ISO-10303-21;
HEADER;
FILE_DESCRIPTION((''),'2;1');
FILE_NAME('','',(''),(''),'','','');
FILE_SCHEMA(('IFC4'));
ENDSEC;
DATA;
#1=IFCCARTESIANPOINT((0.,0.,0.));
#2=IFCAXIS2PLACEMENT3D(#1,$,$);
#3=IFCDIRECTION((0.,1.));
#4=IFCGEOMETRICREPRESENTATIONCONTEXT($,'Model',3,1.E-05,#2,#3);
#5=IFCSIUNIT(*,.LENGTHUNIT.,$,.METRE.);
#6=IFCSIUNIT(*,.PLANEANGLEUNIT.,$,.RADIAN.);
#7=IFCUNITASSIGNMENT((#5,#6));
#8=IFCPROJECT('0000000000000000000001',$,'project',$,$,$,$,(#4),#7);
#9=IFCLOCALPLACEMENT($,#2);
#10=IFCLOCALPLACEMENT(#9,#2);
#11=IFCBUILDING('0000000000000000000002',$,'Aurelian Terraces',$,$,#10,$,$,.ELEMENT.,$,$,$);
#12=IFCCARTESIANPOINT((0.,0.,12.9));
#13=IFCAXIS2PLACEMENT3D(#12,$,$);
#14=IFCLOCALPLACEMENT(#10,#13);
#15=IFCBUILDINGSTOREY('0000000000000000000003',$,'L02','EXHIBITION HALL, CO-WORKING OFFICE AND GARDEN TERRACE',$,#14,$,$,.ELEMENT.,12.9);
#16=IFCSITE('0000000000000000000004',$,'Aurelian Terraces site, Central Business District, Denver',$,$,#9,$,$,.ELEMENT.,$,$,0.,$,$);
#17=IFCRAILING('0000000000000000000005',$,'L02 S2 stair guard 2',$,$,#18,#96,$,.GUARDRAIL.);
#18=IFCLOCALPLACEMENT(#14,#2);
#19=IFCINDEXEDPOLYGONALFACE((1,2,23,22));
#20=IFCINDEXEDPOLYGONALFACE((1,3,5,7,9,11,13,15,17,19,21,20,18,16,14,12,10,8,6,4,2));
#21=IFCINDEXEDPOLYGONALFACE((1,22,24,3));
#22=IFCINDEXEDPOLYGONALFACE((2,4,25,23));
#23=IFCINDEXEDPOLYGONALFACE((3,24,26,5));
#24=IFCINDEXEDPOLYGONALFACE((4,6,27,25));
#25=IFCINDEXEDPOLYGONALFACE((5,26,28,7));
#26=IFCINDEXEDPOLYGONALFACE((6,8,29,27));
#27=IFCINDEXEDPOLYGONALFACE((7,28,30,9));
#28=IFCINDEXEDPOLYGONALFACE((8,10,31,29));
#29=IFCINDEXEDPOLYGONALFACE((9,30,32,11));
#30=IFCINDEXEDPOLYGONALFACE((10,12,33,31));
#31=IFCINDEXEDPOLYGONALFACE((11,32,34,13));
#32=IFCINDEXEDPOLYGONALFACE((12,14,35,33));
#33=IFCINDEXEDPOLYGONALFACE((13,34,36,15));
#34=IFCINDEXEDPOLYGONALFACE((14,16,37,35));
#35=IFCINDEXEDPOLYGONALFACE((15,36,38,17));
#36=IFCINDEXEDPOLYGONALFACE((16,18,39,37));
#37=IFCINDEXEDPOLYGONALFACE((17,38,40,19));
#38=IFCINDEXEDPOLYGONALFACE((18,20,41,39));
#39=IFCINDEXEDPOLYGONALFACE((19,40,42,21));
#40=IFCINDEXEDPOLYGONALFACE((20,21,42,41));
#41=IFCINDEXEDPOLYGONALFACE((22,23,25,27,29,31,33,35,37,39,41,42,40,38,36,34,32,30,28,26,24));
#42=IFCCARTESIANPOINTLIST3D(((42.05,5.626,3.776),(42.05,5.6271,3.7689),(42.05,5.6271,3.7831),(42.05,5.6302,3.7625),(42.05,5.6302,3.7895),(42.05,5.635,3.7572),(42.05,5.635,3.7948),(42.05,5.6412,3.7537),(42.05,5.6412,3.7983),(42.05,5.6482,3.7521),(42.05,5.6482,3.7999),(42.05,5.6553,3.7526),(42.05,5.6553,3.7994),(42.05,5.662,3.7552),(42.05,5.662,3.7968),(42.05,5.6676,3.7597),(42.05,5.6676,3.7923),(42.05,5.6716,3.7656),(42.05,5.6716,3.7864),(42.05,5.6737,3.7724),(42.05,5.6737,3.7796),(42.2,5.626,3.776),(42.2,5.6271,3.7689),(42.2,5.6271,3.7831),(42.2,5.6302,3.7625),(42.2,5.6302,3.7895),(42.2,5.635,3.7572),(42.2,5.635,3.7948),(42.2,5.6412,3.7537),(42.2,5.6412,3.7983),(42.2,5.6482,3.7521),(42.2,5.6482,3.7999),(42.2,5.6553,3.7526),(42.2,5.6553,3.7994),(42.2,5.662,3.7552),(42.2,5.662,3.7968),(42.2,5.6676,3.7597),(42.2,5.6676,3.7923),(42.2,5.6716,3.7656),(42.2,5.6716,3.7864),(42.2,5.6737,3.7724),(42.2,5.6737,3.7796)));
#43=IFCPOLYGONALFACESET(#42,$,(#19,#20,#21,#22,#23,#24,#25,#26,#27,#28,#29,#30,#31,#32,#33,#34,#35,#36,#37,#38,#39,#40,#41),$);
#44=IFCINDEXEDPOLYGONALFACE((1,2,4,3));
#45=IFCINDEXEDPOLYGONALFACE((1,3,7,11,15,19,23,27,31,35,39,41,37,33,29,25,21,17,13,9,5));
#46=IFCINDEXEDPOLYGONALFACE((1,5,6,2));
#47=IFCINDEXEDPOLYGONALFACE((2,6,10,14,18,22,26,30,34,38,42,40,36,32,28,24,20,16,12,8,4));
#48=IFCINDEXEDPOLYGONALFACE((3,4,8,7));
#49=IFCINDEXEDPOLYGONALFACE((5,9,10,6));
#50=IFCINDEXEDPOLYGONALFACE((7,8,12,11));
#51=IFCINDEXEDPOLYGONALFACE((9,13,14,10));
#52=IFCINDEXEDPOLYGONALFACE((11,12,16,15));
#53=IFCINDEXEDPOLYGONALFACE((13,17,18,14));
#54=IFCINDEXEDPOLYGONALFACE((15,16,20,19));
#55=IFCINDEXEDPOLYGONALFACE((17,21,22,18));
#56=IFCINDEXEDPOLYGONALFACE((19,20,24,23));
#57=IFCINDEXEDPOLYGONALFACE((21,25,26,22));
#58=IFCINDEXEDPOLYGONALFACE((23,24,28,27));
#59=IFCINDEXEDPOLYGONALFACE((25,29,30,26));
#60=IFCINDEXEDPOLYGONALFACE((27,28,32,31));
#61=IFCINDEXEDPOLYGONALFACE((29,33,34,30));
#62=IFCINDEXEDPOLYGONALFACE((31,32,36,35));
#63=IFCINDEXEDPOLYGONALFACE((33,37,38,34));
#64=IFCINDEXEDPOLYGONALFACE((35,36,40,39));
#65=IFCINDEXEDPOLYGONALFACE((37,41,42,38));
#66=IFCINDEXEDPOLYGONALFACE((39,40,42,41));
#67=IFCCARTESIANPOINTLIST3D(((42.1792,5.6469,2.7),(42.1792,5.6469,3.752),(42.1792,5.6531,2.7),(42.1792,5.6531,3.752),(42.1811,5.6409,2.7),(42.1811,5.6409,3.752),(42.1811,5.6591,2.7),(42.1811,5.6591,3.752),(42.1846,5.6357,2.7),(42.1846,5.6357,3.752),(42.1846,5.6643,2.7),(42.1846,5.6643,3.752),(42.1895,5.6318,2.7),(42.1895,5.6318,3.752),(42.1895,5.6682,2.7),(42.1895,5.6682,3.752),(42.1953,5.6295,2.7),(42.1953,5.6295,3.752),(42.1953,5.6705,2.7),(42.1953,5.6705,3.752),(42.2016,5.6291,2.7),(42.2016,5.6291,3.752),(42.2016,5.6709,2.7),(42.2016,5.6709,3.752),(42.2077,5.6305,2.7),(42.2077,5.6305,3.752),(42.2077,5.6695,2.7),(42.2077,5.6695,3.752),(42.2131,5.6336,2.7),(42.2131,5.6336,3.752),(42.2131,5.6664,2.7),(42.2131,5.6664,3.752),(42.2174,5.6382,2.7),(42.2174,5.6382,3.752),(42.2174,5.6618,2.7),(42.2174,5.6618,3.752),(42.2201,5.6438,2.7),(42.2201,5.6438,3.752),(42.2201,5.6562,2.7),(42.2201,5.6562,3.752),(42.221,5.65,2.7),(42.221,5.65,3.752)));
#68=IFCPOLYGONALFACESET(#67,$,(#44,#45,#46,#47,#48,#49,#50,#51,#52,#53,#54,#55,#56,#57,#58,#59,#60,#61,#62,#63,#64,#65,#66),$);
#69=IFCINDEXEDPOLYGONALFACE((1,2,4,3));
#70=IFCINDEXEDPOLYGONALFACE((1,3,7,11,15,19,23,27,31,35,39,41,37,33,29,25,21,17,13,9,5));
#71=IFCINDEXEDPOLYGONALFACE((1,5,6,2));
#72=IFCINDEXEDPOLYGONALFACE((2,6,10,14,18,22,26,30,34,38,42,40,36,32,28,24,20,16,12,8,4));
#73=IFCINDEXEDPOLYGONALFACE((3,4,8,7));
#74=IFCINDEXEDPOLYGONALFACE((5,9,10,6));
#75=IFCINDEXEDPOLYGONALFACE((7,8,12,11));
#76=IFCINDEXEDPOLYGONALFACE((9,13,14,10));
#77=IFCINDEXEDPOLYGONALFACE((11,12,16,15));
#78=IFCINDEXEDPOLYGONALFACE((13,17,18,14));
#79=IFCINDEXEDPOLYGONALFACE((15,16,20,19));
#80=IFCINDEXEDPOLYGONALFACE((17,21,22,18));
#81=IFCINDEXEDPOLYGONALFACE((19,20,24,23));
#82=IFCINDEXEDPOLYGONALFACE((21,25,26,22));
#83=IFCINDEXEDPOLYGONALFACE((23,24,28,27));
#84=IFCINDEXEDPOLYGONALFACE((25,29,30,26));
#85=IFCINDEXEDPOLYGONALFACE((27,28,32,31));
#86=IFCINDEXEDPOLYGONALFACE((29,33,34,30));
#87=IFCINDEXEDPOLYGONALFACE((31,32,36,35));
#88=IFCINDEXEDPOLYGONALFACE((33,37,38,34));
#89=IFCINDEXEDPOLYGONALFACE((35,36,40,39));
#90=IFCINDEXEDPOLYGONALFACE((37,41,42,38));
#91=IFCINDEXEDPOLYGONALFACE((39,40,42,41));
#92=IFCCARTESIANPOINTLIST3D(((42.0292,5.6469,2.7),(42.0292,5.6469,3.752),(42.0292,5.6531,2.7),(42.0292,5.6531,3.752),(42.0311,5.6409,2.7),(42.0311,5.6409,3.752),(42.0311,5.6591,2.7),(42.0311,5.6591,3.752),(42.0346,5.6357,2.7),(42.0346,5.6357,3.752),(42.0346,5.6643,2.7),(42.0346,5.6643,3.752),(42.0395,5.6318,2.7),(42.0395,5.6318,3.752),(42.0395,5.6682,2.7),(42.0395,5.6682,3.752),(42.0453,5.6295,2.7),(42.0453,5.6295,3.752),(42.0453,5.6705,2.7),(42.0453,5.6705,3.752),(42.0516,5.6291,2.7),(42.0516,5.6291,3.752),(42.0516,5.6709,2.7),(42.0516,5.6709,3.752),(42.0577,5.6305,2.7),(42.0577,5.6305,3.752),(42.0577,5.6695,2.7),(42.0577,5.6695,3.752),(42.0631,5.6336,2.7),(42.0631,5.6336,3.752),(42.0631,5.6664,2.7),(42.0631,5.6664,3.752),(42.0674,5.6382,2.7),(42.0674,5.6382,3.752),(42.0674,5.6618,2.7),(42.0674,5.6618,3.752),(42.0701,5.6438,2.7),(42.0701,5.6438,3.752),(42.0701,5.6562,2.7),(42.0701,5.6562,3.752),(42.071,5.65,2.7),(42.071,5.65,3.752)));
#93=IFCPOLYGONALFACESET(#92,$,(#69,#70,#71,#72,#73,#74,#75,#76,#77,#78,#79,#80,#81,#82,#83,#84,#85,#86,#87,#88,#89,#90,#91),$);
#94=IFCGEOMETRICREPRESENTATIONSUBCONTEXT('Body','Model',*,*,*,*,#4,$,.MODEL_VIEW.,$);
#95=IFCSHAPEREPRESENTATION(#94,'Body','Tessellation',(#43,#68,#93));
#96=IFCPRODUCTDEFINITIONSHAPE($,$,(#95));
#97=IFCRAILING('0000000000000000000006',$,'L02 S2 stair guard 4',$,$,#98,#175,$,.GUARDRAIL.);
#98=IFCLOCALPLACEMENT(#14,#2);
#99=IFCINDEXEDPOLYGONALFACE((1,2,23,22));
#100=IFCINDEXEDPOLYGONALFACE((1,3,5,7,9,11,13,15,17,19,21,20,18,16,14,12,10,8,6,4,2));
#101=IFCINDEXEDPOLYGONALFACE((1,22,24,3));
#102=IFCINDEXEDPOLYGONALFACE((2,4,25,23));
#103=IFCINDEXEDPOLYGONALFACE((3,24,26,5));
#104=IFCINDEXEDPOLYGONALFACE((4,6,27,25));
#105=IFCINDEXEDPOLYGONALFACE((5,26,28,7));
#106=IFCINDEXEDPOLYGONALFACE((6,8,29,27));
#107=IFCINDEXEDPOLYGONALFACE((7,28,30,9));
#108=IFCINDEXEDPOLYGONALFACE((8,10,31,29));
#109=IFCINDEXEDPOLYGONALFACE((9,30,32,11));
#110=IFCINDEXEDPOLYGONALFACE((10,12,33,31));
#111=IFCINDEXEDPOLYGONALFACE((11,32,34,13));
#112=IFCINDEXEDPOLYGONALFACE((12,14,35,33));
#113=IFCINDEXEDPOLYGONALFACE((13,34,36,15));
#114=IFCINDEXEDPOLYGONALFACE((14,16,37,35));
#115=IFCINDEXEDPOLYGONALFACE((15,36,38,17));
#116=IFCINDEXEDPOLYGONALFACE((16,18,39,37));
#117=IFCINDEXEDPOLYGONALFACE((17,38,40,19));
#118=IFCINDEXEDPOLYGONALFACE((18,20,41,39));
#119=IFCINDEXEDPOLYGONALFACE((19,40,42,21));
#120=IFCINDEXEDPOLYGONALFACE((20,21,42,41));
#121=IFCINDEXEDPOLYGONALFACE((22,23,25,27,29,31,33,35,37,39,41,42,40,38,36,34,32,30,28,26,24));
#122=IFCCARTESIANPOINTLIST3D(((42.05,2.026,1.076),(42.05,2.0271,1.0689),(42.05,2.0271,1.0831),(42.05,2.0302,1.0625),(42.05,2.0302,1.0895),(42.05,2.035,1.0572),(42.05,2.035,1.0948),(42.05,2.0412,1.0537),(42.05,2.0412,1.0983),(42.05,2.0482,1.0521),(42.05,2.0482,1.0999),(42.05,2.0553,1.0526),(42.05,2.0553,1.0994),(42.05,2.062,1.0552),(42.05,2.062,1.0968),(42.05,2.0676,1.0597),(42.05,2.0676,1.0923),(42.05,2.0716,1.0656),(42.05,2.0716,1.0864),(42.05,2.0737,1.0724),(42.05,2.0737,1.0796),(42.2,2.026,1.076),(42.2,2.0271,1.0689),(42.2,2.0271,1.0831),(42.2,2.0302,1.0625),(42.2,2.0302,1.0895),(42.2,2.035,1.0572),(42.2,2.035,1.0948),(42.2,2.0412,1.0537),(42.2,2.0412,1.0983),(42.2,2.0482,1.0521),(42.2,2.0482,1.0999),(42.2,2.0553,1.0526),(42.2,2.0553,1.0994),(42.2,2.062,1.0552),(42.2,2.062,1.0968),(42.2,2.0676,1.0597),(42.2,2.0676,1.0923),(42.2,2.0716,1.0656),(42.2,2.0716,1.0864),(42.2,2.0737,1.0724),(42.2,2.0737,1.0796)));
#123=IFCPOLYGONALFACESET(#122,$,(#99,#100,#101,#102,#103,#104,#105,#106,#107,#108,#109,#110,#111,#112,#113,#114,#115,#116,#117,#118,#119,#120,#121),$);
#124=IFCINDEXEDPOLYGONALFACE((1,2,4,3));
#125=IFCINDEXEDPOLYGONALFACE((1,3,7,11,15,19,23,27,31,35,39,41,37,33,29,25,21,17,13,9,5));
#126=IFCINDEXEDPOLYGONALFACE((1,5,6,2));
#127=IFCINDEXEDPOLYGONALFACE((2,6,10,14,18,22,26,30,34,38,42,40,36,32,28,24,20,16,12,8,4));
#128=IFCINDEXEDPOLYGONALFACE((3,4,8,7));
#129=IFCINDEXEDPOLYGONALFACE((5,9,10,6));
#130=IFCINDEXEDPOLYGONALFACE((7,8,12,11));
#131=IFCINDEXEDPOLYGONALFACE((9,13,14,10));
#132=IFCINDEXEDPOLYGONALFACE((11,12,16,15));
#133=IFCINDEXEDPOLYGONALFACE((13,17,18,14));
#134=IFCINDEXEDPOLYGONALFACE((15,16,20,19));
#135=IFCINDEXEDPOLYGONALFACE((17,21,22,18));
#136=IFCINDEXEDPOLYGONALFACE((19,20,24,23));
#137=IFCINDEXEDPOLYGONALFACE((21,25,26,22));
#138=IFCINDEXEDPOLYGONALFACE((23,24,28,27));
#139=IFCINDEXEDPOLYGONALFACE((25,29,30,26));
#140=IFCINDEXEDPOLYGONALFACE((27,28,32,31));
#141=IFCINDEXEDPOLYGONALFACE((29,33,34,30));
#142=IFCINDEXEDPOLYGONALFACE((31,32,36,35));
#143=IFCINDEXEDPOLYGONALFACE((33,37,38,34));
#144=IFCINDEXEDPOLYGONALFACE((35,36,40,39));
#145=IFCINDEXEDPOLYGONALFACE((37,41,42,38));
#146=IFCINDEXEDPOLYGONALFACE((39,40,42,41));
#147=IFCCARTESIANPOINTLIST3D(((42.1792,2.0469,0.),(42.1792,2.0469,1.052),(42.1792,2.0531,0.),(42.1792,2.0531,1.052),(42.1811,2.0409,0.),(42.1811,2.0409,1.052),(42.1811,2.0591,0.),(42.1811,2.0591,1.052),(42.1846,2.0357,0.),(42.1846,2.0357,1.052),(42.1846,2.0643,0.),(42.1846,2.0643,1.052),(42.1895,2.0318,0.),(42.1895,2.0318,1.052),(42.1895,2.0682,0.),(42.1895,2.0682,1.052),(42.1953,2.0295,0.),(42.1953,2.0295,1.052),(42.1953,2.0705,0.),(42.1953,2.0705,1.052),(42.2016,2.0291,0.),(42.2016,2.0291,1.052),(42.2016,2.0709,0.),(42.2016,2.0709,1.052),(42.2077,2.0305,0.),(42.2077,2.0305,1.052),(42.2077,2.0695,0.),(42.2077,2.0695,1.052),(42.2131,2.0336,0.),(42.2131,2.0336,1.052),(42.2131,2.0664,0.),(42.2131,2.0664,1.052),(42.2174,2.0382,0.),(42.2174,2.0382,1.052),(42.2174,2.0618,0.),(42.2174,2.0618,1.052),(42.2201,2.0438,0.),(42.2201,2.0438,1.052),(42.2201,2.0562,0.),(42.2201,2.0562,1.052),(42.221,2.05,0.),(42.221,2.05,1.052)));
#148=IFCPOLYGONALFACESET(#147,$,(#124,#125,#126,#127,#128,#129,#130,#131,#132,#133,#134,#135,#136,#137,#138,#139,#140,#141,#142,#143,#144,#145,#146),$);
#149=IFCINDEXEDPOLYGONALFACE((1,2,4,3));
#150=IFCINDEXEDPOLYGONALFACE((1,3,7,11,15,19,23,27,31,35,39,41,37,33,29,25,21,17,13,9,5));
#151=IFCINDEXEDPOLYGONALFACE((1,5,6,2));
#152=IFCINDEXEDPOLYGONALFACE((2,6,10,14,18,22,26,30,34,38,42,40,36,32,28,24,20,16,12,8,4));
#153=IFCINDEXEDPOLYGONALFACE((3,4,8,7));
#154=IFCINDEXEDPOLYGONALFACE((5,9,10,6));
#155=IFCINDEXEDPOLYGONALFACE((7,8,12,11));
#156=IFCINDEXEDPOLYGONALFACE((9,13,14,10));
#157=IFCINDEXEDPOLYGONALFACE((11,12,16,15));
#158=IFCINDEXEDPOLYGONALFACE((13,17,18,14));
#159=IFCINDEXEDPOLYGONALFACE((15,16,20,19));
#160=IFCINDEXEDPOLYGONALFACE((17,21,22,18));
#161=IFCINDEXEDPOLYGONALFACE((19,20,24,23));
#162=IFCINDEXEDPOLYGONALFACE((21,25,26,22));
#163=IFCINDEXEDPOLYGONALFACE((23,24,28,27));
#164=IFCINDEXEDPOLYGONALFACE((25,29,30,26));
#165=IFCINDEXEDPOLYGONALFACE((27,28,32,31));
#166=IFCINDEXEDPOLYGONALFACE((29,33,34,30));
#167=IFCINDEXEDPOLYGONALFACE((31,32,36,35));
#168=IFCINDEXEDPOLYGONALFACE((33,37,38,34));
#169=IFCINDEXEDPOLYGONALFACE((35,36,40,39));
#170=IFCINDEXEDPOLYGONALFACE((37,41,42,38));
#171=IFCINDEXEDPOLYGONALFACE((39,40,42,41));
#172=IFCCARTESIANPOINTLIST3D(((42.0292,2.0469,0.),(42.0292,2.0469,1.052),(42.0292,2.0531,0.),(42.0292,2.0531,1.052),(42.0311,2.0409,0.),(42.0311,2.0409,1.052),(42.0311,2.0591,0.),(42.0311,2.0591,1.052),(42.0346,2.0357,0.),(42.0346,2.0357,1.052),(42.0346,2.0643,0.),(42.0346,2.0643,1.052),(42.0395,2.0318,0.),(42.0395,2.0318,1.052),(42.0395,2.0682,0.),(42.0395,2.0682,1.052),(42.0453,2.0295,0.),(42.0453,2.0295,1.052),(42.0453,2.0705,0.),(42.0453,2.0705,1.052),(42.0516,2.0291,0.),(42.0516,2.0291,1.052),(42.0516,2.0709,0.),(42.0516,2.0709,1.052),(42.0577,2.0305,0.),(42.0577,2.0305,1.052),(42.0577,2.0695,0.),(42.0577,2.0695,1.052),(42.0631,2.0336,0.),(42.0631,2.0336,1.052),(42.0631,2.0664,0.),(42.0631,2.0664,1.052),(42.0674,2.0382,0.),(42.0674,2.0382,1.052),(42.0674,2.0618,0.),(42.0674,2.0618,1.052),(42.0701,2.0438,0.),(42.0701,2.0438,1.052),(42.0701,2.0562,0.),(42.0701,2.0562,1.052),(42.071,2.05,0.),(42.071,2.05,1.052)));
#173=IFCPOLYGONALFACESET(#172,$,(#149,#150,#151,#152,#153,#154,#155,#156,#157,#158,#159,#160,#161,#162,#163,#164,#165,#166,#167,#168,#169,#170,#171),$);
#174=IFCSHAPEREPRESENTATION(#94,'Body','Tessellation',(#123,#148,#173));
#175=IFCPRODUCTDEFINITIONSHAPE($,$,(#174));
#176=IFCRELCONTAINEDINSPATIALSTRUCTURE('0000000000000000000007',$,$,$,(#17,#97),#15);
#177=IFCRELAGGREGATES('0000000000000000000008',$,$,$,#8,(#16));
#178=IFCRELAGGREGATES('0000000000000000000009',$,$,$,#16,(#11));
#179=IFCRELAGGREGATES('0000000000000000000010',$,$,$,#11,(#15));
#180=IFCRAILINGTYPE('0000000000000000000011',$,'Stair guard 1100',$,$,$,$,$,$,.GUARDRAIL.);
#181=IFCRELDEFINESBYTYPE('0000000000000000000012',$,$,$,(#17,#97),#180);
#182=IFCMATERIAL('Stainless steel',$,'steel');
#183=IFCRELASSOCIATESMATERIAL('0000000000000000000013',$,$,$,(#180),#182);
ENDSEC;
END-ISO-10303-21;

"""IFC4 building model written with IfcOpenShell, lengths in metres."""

from ifc_helpers import new_model, si_unit, direction, frame, origin, origin_2d, place, context, subcontext, project, spatial, circle, extrude, source, transform, mapped, material, type_object, element, save


model = new_model("IFC4")

# Units and contexts
model_context = context("Model", 3, precision=1e-05, world=origin(), true_north=direction((0.0, 1.0)))
body_context = subcontext(model_context, "Body", "Model", "MODEL_VIEW")
ifc_project = project(units=[si_unit("LENGTHUNIT", "METRE"), si_unit("PLANEANGLEUNIT", "RADIAN")], contexts=[model_context])

# Site, building, storey
site_placement = place(None, origin())
site = spatial("IfcSite", under=ifc_project, at=site_placement, Name="Aurelian Terraces site, Central Business District, Denver", CompositionType="ELEMENT", RefElevation=0.0)
building_placement = place(site_placement, origin())
building = spatial("IfcBuilding", under=site, at=building_placement, Name="Aurelian Terraces", CompositionType="ELEMENT")
storey_placement = place(building_placement, frame((0.0, 0.0, 12.9)))
storey = spatial("IfcBuildingStorey", under=building, at=storey_placement, Name="L02", Description="EXHIBITION HALL, CO-WORKING OFFICE AND GARDEN TERRACE", CompositionType="ELEMENT", Elevation=12.9)

# Railings
ifc_material_1 = material(Name="Stainless steel", Category="steel")
railing_type_1 = type_object("IfcRailingType", Name="Stair guard 1100", PredefinedType="GUARDRAIL", material=ifc_material_1)
shared_shape_1 = source(origin(), body_context, "Body", "SweptSolid", [
    extrude(circle(Radius=0.024, at=origin_2d()), frame((0.0, 0.0, 1.076), z_axis=(-1.0, 0.0, 0.0), x_axis=(0.0, -1.0, 0.0)), (0.0, 0.0, 1.0), 0.15),
    extrude(circle(Radius=0.021, at=origin_2d()), origin(), (0.0, 0.0, 1.0), 1.052),
    extrude(circle(Radius=0.021, at=origin_2d()), frame((-0.15, 0.0, 0.0)), (0.0, 0.0, 1.0), 1.052),
])
for number, where, name in (
    (1, (42.2, 5.65, 2.7), "L02 S2 stair guard 2"),
    (2, (42.2, 2.05, 0.0), "L02 S2 stair guard 4"),
):
    element("IfcRailing", number, at=place(storey_placement, frame(where)), inside=storey, type_object=railing_type_1, Name=name, PredefinedType="GUARDRAIL", context=body_context, shape_type="MappedRepresentation", body=[
        mapped(shared_shape_1, transform((0.0, 0.0, 0.0), scale=1.0)),
    ])

save(model, "model.ifc")
